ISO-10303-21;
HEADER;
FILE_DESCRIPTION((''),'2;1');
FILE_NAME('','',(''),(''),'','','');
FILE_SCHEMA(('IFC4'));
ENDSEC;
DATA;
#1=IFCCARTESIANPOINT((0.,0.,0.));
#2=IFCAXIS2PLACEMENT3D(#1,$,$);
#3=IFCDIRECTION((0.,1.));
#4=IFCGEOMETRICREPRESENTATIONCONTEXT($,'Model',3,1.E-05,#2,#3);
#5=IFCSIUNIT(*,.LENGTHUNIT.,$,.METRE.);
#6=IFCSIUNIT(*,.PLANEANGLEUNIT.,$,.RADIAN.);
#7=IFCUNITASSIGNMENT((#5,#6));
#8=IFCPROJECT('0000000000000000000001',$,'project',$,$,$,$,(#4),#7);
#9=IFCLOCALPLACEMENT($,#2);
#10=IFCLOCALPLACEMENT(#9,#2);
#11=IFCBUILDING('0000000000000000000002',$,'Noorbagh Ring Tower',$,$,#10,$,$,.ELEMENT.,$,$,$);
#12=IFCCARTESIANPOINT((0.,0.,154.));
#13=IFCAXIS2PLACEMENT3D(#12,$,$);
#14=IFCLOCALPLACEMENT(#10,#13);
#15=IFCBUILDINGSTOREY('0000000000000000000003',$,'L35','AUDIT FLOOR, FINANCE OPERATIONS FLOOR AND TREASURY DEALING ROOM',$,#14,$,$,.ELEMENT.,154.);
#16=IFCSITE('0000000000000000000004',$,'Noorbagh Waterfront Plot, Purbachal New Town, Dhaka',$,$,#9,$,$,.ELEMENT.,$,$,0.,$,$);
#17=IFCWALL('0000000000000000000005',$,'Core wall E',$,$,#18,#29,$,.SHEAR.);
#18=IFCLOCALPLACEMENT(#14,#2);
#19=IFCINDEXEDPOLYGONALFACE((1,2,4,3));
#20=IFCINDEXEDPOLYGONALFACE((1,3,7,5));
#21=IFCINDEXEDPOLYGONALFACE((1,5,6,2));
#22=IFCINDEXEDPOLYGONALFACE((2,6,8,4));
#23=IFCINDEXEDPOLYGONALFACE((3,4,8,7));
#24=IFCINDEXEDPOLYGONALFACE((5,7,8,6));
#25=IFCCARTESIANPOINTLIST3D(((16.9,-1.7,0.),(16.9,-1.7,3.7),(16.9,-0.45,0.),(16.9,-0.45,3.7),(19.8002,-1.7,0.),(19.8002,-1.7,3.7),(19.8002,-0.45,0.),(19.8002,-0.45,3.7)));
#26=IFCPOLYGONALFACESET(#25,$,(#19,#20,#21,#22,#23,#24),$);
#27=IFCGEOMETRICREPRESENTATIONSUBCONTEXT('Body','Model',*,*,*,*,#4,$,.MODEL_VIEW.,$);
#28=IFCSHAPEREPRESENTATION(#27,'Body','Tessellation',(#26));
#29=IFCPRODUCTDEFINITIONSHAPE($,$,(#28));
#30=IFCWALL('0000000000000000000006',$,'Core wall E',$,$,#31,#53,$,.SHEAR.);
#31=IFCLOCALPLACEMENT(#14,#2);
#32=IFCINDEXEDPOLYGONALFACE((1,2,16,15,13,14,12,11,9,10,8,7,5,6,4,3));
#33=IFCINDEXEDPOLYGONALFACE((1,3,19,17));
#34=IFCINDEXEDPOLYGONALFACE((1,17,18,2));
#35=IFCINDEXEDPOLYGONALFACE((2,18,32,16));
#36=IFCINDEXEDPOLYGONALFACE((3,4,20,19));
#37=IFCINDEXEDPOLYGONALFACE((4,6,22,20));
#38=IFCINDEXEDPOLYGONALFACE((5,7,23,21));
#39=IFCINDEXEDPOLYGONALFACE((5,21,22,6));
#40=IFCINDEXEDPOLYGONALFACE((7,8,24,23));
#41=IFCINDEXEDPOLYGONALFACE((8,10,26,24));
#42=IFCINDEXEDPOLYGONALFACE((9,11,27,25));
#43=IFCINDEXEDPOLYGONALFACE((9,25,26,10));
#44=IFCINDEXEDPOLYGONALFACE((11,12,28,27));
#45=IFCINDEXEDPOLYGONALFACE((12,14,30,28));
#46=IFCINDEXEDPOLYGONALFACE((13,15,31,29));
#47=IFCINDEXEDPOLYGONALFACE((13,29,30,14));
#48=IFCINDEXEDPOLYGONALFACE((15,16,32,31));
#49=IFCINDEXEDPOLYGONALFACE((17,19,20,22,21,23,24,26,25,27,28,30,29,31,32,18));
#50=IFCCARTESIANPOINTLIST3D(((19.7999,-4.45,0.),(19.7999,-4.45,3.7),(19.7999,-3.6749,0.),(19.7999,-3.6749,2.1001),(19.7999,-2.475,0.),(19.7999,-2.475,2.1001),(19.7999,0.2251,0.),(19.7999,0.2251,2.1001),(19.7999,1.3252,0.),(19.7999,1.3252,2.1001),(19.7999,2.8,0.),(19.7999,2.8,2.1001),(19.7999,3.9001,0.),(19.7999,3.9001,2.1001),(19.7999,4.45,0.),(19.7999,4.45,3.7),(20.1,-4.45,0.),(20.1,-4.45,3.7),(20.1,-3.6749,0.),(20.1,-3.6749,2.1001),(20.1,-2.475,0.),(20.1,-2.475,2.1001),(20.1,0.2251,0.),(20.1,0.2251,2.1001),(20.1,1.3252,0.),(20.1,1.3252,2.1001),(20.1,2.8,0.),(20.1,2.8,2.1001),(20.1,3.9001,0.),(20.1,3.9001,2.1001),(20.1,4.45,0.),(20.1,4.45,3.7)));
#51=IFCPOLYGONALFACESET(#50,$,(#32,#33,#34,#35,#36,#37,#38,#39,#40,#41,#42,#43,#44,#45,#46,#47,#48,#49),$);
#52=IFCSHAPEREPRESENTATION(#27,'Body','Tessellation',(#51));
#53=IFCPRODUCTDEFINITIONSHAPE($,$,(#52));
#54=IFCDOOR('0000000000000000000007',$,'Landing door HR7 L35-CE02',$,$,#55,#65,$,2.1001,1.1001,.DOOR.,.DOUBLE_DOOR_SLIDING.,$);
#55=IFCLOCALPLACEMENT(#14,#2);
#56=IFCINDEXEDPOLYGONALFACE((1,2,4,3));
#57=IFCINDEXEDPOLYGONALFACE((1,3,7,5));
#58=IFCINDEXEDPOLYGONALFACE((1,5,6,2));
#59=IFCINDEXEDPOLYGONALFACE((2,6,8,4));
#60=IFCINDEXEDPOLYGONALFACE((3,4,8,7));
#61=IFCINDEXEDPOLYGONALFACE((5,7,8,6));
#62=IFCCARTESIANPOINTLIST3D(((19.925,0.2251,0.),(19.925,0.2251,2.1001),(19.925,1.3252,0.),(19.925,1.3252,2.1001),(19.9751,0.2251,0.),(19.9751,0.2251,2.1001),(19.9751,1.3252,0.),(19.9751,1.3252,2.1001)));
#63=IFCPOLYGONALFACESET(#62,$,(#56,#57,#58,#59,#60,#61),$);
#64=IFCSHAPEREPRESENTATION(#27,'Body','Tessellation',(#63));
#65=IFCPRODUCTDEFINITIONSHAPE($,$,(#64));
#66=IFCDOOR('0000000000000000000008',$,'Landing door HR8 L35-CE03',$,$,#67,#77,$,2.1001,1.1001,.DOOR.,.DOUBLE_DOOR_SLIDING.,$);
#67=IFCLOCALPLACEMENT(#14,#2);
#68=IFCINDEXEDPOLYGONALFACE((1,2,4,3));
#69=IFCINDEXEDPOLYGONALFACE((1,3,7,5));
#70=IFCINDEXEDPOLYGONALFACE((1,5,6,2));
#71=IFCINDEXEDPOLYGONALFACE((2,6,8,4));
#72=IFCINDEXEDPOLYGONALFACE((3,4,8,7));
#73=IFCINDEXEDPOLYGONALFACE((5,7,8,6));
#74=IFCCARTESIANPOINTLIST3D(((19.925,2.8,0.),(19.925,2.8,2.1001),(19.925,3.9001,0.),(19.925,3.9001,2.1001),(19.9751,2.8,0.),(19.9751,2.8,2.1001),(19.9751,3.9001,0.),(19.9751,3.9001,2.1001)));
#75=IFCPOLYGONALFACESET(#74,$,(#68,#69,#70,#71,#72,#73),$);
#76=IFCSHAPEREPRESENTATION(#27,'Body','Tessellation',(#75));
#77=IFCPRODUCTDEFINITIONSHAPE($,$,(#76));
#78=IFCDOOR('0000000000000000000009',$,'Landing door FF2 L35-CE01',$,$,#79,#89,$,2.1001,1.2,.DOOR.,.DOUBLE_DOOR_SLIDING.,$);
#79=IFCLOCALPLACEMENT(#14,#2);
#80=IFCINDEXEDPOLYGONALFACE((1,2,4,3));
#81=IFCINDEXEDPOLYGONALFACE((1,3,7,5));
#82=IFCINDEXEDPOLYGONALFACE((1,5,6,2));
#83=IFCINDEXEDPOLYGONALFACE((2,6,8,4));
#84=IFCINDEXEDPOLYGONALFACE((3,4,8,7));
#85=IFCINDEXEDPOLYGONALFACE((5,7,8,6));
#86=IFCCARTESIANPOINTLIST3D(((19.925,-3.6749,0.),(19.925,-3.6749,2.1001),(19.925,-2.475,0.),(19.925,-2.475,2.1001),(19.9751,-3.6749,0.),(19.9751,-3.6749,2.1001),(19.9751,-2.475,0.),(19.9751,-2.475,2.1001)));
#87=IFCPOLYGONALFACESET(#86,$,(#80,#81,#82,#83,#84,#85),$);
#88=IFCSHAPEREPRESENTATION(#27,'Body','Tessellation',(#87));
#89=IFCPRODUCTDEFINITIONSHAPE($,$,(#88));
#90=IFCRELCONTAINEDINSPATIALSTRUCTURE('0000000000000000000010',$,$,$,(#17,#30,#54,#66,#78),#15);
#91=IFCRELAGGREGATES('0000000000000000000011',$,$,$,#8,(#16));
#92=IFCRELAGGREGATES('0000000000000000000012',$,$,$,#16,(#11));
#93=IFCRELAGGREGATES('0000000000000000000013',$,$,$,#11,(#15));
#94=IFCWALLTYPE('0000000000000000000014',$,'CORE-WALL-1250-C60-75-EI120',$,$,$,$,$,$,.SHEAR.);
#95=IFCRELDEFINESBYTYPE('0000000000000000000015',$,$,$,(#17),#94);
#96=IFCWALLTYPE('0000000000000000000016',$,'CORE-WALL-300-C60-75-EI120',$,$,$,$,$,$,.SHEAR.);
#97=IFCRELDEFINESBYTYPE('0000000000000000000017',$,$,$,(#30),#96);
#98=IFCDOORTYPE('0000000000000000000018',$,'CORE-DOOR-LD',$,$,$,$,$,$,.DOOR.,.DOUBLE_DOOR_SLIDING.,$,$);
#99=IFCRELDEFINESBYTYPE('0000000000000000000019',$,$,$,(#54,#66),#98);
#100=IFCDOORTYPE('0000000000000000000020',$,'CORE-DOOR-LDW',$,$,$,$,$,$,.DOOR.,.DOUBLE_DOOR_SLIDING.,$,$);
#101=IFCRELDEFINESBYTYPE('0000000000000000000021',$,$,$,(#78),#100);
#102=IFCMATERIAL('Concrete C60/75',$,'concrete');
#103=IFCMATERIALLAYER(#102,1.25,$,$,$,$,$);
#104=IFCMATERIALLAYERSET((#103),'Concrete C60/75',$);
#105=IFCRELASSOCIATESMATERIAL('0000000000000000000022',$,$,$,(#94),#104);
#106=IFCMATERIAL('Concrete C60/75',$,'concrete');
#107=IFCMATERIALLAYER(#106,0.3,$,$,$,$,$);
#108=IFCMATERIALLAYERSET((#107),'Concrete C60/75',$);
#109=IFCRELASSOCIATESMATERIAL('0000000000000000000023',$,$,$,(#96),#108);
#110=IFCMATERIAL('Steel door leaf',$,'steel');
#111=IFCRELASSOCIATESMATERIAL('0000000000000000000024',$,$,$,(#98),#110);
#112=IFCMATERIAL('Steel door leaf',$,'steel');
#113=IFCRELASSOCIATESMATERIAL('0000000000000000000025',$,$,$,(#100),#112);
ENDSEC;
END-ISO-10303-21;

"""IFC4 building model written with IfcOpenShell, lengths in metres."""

from ifc_helpers import new_model, si_unit, direction, frame, frame_2d, origin, place, context, subcontext, project, spatial, rectangle, extrude, material, layer, layer_set, type_object, element, fill, save


model = new_model("IFC4")

# Units and contexts
model_context = context("Model", 3, precision=1e-05, world=origin(), true_north=direction((0.0, 1.0)))
body_context = subcontext(model_context, "Body", "Model", "MODEL_VIEW")
ifc_project = project(units=[si_unit("LENGTHUNIT", "METRE"), si_unit("PLANEANGLEUNIT", "RADIAN")], contexts=[model_context])

# Site, building, storey
site_placement = place(None, origin())
site = spatial("IfcSite", under=ifc_project, at=site_placement, Name="Noorbagh Waterfront Plot, Purbachal New Town, Dhaka", CompositionType="ELEMENT", RefElevation=0.0)
building_placement = place(site_placement, origin())
building = spatial("IfcBuilding", under=site, at=building_placement, Name="Noorbagh Ring Tower", CompositionType="ELEMENT")
storey_placement = place(building_placement, frame((0.0, 0.0, 154.0)))
storey = spatial("IfcBuildingStorey", under=building, at=storey_placement, Name="L35", Description="AUDIT FLOOR, FINANCE OPERATIONS FLOOR AND TREASURY DEALING ROOM", CompositionType="ELEMENT", Elevation=154.0)

# Wall
ifc_material_1 = material(Name="Concrete C60/75", Category="concrete")
ifc_layer_1 = layer(ifc_material_1, 1.25)
ifc_layer_set_1 = layer_set([ifc_layer_1], Name="Concrete C60/75")
wall_type_1 = type_object("IfcWallType", Name="CORE-WALL-1250-C60-75-EI120", PredefinedType="SHEAR", material=ifc_layer_set_1)
wall_1_placement = place(storey_placement, frame((16.8999, -1.075, 0.0), z_axis=(0.0, 0.0, 1.0), x_axis=(1.0, 0.0, 0.0)))
element("IfcWall", 1, at=wall_1_placement, inside=storey, type_object=wall_type_1, Name="Core wall E", PredefinedType="SHEAR", context=body_context, shape_type="SweptSolid", body=[
    extrude(rectangle(XDim=2.9001, YDim=1.25, at=frame_2d((1.4502, 0.0))), origin(), (0.0, 0.0, 1.0), 3.7),
])

# Wall, openings, doors
ifc_material_2 = material(Name="Concrete C60/75", Category="concrete")
ifc_layer_2 = layer(ifc_material_2, 0.3)
ifc_layer_set_2 = layer_set([ifc_layer_2], Name="Concrete C60/75")
wall_type_2 = type_object("IfcWallType", Name="CORE-WALL-300-C60-75-EI120", PredefinedType="SHEAR", material=ifc_layer_set_2)
wall_2_placement = place(storey_placement, frame((19.95, -4.45, 0.0), z_axis=(0.0, 0.0, 1.0), x_axis=(0.0, 1.0, 0.0)))
wall_2 = element("IfcWall", 2, at=wall_2_placement, inside=storey, type_object=wall_type_2, Name="Core wall E", PredefinedType="SHEAR", context=body_context, shape_type="SweptSolid", body=[
    extrude(rectangle(XDim=8.8999, YDim=0.3, at=frame_2d((4.45, 0.0))), origin(), (0.0, 0.0, 1.0), 3.7),
])
opening_1_placement = place(wall_2_placement, frame((0.7749, 0.0, 0.0)))
opening_1 = element("IfcOpeningElement", 3, at=opening_1_placement, cuts=wall_2, PredefinedType="OPENING", context=body_context, shape_type="SweptSolid", body=[
    extrude(rectangle(XDim=1.2, YDim=2.1001, at=frame_2d((0.6001, 1.05))), frame((0.0, 0.1602, 0.0), z_axis=(0.0, -1.0, 0.0), x_axis=(1.0, 0.0, 0.0)), (0.0, 0.0, 1.0), 0.3201),
])
opening_2_placement = place(wall_2_placement, frame((4.675, 0.0, 0.0)))
opening_2 = element("IfcOpeningElement", 4, at=opening_2_placement, cuts=wall_2, PredefinedType="OPENING", context=body_context, shape_type="SweptSolid", body=[
    extrude(rectangle(XDim=1.1001, YDim=2.1001, at=frame_2d((0.55, 1.05))), frame((0.0, 0.1602, 0.0), z_axis=(0.0, -1.0, 0.0), x_axis=(1.0, 0.0, 0.0)), (0.0, 0.0, 1.0), 0.3201),
])
opening_3_placement = place(wall_2_placement, frame((7.25, 0.0, 0.0)))
opening_3 = element("IfcOpeningElement", 5, at=opening_3_placement, cuts=wall_2, PredefinedType="OPENING", context=body_context, shape_type="SweptSolid", body=[
    extrude(rectangle(XDim=1.1001, YDim=2.1001, at=frame_2d((0.55, 1.05))), frame((0.0, 0.1602, 0.0), z_axis=(0.0, -1.0, 0.0), x_axis=(1.0, 0.0, 0.0)), (0.0, 0.0, 1.0), 0.3201),
])
ifc_material_3 = material(Name="Steel door leaf", Category="steel")
door_type_1 = type_object("IfcDoorType", Name="CORE-DOOR-LD", OperationType="DOUBLE_DOOR_SLIDING", PredefinedType="DOOR", material=ifc_material_3)
door_1_placement = place(opening_2_placement, origin())
door_1 = element("IfcDoor", 6, at=door_1_placement, inside=storey, type_object=door_type_1, Name="Landing door HR7 L35-CE02", OperationType="DOUBLE_DOOR_SLIDING", OverallHeight=2.1001, OverallWidth=1.1001, PredefinedType="DOOR", context=body_context, shape_type="SweptSolid", body=[
    extrude(rectangle(XDim=1.1001, YDim=2.1001, at=frame_2d((0.55, 1.05))), frame((0.0, 0.0249, 0.0), z_axis=(0.0, -1.0, 0.0), x_axis=(1.0, 0.0, 0.0)), (0.0, 0.0, 1.0), 0.05),
])
fill(opening_2, door_1)
door_2_placement = place(opening_3_placement, origin())
door_2 = element("IfcDoor", 7, at=door_2_placement, inside=storey, type_object=door_type_1, Name="Landing door HR8 L35-CE03", OperationType="DOUBLE_DOOR_SLIDING", OverallHeight=2.1001, OverallWidth=1.1001, PredefinedType="DOOR", context=body_context, shape_type="SweptSolid", body=[
    extrude(rectangle(XDim=1.1001, YDim=2.1001, at=frame_2d((0.55, 1.05))), frame((0.0, 0.0249, 0.0), z_axis=(0.0, -1.0, 0.0), x_axis=(1.0, 0.0, 0.0)), (0.0, 0.0, 1.0), 0.05),
])
fill(opening_3, door_2)
ifc_material_4 = material(Name="Steel door leaf", Category="steel")
door_type_2 = type_object("IfcDoorType", Name="CORE-DOOR-LDW", OperationType="DOUBLE_DOOR_SLIDING", PredefinedType="DOOR", material=ifc_material_4)
door_3_placement = place(opening_1_placement, origin())
door_3 = element("IfcDoor", 8, at=door_3_placement, inside=storey, type_object=door_type_2, Name="Landing door FF2 L35-CE01", OperationType="DOUBLE_DOOR_SLIDING", OverallHeight=2.1001, OverallWidth=1.2, PredefinedType="DOOR", context=body_context, shape_type="SweptSolid", body=[
    extrude(rectangle(XDim=1.2, YDim=2.1001, at=frame_2d((0.6001, 1.05))), frame((0.0, 0.0249, 0.0), z_axis=(0.0, -1.0, 0.0), x_axis=(1.0, 0.0, 0.0)), (0.0, 0.0, 1.0), 0.05),
])
fill(opening_1, door_3)

save(model, "model.ifc")
